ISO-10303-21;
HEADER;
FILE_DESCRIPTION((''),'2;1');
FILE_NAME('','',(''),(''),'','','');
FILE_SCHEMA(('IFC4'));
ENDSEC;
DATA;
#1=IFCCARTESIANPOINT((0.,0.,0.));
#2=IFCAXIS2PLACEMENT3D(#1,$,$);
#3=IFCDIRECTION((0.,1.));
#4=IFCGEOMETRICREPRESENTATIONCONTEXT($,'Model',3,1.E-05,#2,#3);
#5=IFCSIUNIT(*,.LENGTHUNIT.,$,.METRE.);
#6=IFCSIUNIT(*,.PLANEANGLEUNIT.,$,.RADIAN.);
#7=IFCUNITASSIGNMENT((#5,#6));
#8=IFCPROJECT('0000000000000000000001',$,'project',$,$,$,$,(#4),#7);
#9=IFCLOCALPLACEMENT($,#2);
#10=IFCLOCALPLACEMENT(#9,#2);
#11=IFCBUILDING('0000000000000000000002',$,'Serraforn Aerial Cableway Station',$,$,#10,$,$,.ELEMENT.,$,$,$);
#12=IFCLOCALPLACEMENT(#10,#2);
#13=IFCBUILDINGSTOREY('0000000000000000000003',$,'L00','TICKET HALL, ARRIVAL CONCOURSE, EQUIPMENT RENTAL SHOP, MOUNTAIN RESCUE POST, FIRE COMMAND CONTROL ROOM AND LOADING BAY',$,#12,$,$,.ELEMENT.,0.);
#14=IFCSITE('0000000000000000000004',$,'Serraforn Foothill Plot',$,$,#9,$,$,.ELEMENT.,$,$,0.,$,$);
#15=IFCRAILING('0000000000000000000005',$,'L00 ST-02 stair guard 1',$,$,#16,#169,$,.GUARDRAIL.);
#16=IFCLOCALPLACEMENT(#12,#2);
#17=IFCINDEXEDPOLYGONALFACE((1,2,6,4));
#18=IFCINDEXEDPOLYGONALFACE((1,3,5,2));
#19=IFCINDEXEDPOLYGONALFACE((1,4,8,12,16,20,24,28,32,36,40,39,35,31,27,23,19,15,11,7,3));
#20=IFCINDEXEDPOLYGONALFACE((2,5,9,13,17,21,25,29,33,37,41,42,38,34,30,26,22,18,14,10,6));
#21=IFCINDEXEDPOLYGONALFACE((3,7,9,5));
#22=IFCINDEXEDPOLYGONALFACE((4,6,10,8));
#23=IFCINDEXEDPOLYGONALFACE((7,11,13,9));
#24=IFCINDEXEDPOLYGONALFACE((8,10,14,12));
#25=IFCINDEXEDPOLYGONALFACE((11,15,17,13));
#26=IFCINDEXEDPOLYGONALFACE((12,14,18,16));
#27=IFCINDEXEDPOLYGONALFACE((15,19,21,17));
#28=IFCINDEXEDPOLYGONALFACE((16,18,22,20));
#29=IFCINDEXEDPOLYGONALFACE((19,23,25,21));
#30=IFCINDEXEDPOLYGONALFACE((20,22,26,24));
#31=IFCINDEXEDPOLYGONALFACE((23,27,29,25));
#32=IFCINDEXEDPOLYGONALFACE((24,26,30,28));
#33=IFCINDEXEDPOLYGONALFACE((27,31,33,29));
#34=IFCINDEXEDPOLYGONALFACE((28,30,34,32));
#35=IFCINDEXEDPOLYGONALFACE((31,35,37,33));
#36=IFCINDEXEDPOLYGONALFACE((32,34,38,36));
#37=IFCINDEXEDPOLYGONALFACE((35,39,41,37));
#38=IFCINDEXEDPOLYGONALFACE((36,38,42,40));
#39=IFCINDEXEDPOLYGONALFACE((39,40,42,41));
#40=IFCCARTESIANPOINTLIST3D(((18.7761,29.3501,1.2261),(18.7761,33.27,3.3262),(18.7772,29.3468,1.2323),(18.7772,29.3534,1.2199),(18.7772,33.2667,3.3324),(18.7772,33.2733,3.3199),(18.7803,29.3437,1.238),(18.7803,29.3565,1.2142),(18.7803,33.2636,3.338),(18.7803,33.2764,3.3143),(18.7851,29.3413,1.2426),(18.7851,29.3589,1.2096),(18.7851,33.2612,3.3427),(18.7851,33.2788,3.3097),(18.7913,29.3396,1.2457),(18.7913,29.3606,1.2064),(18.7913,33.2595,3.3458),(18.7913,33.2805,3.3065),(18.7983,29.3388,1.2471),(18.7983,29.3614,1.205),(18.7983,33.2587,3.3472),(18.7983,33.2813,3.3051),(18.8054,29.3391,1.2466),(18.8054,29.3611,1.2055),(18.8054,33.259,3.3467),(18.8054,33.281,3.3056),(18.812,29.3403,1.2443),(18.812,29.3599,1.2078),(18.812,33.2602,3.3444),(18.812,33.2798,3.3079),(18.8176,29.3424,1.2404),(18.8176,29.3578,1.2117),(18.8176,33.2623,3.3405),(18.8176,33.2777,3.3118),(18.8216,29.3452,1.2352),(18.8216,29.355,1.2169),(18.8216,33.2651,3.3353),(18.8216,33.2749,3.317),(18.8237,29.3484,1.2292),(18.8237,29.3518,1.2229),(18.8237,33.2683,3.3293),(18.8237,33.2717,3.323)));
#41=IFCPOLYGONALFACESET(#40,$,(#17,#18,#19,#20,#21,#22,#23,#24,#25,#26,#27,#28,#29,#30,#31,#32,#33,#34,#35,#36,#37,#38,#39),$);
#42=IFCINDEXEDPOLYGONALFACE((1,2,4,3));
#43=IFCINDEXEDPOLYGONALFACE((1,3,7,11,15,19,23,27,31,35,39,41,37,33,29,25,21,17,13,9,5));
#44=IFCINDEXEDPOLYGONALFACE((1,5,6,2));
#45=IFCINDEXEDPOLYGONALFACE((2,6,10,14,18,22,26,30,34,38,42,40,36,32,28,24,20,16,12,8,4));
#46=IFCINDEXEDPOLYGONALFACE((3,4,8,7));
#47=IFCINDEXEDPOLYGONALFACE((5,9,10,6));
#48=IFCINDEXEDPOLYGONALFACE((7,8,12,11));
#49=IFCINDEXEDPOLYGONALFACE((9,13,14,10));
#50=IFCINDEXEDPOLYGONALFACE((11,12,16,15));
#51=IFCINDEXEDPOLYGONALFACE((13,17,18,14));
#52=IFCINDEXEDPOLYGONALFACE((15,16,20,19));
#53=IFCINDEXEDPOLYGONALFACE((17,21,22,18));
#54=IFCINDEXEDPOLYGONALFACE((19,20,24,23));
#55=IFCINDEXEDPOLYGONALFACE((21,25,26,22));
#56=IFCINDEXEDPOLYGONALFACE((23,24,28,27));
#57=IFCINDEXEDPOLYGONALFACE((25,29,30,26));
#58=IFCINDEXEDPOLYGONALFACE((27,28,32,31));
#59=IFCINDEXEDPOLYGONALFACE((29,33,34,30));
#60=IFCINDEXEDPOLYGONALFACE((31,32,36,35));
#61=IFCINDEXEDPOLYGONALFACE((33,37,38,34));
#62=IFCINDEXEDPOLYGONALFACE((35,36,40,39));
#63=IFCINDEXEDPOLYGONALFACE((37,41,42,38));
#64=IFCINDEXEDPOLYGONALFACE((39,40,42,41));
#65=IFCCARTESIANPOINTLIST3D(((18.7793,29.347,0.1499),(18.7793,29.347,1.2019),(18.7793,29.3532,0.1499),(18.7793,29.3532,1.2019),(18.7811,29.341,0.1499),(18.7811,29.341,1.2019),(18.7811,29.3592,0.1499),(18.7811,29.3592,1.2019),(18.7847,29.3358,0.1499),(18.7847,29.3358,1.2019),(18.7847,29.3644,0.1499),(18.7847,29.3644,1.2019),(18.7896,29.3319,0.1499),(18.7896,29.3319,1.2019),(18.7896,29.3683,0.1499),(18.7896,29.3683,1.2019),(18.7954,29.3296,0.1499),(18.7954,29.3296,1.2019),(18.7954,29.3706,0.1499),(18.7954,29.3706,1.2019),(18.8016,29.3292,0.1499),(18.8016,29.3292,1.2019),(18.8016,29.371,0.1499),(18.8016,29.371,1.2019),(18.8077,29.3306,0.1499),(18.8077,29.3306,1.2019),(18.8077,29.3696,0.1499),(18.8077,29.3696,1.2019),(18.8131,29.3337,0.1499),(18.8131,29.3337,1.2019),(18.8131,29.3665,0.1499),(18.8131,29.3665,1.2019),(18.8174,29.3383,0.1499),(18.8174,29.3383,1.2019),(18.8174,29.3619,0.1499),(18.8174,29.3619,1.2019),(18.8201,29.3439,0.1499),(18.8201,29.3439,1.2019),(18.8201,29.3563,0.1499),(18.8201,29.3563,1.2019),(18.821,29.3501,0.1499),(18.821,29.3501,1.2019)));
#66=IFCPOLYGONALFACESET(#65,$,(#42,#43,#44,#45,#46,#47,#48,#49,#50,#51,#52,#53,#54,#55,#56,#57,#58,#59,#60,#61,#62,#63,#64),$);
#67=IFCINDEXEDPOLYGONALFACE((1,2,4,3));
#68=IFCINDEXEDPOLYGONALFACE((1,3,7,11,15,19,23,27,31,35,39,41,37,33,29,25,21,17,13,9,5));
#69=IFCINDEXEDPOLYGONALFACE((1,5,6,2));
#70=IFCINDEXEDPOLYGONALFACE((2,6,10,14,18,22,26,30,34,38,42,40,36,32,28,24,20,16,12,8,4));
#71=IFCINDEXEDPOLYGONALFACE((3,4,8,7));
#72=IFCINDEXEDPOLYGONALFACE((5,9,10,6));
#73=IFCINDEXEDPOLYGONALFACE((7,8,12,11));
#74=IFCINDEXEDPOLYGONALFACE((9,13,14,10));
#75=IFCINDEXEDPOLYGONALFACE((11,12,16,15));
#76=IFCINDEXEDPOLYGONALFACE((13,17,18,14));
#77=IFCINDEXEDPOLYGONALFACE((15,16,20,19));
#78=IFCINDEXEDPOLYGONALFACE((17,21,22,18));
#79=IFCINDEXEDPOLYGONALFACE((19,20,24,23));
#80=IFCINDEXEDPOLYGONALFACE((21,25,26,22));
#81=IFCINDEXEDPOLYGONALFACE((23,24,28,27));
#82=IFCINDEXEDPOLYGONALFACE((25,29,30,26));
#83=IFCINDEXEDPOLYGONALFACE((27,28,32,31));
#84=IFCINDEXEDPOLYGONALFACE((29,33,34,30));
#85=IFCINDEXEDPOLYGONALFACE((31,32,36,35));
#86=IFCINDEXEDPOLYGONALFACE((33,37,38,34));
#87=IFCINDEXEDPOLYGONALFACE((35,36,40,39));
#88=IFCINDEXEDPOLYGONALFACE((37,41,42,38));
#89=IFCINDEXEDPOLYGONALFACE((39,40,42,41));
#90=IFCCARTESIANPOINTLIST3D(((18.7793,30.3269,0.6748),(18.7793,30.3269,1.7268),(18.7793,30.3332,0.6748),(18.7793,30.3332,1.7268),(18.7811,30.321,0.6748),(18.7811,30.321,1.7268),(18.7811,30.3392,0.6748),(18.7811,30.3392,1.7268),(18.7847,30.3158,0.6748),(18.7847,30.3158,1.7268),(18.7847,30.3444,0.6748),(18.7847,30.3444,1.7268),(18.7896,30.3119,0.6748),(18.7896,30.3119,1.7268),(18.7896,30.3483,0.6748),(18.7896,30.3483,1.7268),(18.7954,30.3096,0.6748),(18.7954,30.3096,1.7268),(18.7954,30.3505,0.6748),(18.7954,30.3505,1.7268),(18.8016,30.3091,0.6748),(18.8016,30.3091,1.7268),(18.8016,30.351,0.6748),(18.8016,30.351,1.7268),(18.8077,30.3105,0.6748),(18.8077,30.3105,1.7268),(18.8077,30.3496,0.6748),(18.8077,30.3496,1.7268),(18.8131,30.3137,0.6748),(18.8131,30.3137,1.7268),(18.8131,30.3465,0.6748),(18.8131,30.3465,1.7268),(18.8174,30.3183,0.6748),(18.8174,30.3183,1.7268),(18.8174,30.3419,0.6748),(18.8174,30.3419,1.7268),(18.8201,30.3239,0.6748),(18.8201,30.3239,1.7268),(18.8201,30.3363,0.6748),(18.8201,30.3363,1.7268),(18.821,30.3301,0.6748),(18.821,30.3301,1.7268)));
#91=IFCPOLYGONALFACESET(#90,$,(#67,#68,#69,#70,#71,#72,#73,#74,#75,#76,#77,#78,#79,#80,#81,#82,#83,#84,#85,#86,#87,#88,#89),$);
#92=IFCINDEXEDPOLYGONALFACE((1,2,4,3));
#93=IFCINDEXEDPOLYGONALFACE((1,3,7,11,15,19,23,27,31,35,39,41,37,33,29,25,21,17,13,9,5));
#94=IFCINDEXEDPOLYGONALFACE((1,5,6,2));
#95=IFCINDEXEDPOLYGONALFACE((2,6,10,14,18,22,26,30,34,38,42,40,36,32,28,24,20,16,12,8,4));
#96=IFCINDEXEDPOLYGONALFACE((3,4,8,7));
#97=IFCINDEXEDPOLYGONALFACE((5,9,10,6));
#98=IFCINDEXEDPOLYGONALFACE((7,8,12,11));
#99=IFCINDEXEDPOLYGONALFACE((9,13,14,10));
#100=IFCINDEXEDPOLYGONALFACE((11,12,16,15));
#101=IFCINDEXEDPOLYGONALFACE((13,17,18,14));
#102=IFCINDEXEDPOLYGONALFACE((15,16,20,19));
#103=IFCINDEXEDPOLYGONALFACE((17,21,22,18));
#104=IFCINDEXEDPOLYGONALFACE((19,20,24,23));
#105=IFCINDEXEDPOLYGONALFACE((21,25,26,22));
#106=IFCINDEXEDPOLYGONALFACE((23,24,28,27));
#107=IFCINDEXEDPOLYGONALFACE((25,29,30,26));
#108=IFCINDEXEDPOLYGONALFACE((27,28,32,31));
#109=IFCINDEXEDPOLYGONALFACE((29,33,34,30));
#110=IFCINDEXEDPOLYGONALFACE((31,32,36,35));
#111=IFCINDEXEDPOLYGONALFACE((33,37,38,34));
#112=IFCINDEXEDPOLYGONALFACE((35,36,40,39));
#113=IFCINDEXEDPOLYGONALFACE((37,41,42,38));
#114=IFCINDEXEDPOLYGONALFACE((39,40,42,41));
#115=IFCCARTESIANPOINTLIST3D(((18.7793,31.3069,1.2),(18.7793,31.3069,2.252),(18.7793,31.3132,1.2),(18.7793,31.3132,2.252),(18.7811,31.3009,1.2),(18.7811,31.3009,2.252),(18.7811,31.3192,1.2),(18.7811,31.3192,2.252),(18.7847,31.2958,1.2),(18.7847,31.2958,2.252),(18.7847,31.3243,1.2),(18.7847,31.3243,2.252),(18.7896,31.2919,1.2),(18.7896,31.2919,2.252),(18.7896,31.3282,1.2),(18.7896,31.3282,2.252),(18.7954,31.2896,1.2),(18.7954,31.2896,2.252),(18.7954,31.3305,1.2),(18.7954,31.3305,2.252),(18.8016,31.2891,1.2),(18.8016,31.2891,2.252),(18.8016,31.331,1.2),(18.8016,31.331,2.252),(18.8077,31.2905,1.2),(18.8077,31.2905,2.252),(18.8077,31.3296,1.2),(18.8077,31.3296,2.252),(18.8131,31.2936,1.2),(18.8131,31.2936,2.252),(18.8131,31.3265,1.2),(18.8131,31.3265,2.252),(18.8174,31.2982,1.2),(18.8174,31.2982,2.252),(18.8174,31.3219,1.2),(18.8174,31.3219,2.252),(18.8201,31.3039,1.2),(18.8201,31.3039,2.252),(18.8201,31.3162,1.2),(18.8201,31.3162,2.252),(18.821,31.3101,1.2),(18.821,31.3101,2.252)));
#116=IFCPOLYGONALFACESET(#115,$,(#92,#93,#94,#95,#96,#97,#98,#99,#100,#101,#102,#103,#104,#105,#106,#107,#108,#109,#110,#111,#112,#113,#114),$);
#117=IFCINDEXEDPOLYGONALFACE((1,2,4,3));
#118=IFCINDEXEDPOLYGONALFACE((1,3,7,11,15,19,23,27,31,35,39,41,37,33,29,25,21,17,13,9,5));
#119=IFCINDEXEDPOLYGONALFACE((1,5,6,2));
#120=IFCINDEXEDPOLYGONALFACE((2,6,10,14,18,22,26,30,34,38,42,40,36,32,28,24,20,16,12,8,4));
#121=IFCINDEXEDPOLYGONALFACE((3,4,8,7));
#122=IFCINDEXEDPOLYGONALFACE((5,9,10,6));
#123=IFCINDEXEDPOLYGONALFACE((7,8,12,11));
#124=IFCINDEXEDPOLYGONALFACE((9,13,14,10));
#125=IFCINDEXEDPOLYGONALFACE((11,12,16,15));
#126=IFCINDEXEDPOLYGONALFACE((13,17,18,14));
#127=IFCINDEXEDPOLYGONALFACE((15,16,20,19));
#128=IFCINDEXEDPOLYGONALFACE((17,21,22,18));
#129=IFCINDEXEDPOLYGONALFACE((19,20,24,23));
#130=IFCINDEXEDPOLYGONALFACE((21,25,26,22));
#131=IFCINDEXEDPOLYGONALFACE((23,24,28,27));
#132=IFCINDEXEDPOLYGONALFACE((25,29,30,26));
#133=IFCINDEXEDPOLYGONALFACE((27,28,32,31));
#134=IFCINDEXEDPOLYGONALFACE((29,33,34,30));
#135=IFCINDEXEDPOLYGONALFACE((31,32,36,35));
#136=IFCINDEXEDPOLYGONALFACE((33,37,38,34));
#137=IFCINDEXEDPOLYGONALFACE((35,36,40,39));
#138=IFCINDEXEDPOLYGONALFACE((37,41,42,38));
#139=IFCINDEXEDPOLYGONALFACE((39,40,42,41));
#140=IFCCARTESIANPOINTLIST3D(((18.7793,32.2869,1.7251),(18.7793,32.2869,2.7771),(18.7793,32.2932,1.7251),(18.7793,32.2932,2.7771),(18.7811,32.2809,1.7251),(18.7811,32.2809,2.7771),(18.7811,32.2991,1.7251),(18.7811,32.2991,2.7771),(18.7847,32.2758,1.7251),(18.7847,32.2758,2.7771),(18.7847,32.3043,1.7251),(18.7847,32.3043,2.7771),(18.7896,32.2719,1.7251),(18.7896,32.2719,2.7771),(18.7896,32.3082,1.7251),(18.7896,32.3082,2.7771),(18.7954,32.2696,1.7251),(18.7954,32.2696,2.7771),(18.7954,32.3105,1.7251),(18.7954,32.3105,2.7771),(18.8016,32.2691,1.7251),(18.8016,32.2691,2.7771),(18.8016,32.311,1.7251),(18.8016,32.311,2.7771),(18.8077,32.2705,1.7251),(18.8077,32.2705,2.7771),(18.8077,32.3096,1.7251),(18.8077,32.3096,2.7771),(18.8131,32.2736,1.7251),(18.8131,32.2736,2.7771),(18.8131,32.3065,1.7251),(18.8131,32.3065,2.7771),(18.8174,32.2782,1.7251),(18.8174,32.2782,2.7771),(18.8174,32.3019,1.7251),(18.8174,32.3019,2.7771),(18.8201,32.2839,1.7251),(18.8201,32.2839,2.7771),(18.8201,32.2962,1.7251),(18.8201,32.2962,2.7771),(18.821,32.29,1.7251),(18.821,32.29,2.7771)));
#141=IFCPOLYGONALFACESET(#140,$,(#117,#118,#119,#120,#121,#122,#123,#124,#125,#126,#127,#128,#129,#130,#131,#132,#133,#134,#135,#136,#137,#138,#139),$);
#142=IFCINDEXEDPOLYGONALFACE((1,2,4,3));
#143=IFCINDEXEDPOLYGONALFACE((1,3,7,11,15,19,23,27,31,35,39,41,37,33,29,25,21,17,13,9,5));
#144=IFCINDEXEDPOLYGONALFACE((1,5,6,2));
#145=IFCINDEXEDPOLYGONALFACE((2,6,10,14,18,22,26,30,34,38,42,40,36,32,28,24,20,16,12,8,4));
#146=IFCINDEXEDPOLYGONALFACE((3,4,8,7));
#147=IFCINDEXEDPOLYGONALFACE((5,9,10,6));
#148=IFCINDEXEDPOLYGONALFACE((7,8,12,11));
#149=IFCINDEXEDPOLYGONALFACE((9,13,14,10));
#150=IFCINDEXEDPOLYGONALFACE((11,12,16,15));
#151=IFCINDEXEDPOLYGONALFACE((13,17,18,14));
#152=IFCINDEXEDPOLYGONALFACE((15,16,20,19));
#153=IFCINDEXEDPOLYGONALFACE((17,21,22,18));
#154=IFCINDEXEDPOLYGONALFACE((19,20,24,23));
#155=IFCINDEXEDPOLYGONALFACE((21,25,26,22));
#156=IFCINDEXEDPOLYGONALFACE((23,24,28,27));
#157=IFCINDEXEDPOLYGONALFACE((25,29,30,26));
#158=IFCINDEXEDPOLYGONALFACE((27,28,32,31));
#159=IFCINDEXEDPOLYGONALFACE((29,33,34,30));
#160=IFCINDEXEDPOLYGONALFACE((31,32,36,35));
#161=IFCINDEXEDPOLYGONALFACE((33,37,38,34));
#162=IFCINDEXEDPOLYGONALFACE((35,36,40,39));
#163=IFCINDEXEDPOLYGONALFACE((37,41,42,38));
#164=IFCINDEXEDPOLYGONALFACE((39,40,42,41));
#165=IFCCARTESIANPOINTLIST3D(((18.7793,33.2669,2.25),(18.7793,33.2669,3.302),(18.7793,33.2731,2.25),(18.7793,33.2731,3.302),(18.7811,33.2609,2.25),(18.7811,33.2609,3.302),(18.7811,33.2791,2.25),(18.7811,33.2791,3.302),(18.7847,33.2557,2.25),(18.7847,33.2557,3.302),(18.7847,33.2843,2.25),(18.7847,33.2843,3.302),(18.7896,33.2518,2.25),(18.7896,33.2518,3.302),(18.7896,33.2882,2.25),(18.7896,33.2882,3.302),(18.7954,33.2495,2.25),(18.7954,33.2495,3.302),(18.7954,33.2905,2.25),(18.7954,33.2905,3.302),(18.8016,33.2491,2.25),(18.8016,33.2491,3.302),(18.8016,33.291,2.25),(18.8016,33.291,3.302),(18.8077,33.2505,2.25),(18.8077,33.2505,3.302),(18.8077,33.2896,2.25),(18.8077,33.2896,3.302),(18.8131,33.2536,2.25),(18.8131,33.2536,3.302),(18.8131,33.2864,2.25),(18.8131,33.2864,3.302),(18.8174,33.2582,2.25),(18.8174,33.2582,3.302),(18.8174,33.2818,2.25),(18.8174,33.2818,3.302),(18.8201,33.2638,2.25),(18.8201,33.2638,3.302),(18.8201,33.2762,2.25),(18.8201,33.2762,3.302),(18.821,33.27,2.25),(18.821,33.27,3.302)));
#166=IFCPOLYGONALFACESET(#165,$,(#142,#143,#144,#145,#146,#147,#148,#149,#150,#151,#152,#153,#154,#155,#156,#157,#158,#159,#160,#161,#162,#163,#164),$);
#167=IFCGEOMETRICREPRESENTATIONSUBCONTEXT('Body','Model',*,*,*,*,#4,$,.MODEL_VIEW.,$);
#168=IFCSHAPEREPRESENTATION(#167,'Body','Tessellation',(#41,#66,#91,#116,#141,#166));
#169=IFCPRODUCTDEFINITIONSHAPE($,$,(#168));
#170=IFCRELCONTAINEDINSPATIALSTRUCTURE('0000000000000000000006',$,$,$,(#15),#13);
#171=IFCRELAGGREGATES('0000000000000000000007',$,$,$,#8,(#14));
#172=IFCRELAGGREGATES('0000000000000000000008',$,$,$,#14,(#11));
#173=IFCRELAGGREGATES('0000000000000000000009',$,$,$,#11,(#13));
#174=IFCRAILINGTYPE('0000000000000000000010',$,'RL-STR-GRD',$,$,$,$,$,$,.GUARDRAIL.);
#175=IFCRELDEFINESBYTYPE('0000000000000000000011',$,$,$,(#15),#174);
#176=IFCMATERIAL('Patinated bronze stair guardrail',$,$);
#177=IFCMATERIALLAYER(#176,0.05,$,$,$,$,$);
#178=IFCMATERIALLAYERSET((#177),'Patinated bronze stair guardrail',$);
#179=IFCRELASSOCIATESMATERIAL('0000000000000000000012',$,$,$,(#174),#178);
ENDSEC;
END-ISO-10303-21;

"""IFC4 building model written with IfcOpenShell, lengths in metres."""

from ifc_helpers import new_model, si_unit, direction, frame, origin, origin_2d, place, context, subcontext, project, spatial, circle, extrude, material, layer, layer_set, type_object, element, save


model = new_model("IFC4")

# Units and contexts
model_context = context("Model", 3, precision=1e-05, world=origin(), true_north=direction((0.0, 1.0)))
body_context = subcontext(model_context, "Body", "Model", "MODEL_VIEW")
ifc_project = project(units=[si_unit("LENGTHUNIT", "METRE"), si_unit("PLANEANGLEUNIT", "RADIAN")], contexts=[model_context])

# Site, building, storey
site_placement = place(None, origin())
site = spatial("IfcSite", under=ifc_project, at=site_placement, Name="Serraforn Foothill Plot", CompositionType="ELEMENT", RefElevation=0.0)
building_placement = place(site_placement, origin())
building = spatial("IfcBuilding", under=site, at=building_placement, Name="Serraforn Aerial Cableway Station", CompositionType="ELEMENT")
storey_placement = place(building_placement, origin())
storey = spatial("IfcBuildingStorey", under=building, at=storey_placement, Name="L00", Description="TICKET HALL, ARRIVAL CONCOURSE, EQUIPMENT RENTAL SHOP, MOUNTAIN RESCUE POST, FIRE COMMAND CONTROL ROOM AND LOADING BAY", CompositionType="ELEMENT", Elevation=0.0)

# Railing
ifc_material_1 = material(Name="Patinated bronze stair guardrail")
ifc_layer_1 = layer(ifc_material_1, 0.05)
ifc_layer_set_1 = layer_set([ifc_layer_1], Name="Patinated bronze stair guardrail")
railing_type_1 = type_object("IfcRailingType", Name="RL-STR-GRD", PredefinedType="GUARDRAIL", material=ifc_layer_set_1)
railing_1_placement = place(storey_placement, frame((18.8, 29.3501, 0.1499)))
element("IfcRailing", 1, at=railing_1_placement, inside=storey, type_object=railing_type_1, Name="L00 ST-02 stair guard 1", PredefinedType="GUARDRAIL", context=body_context, shape_type="SweptSolid", body=[
    extrude(circle(Radius=0.0239, at=origin_2d()), frame((0.0, 0.0, 1.0762), z_axis=(0.0, 0.881467, 0.472246), x_axis=(-1.0, 0.0, 0.0)), (0.0, 0.0, 1.0), 4.447),
    extrude(circle(Radius=0.021, at=origin_2d()), origin(), (0.0, 0.0, 1.0), 1.052),
    extrude(circle(Radius=0.021, at=origin_2d()), frame((0.0, 0.98, 0.5249)), (0.0, 0.0, 1.0), 1.052),
    extrude(circle(Radius=0.021, at=origin_2d()), frame((0.0, 1.96, 1.05)), (0.0, 0.0, 1.0), 1.052),
    extrude(circle(Radius=0.021, at=origin_2d()), frame((0.0, 2.9399, 1.5752)), (0.0, 0.0, 1.0), 1.052),
    extrude(circle(Radius=0.021, at=origin_2d()), frame((0.0, 3.9199, 2.1001)), (0.0, 0.0, 1.0), 1.052),
])

save(model, "model.ifc")
